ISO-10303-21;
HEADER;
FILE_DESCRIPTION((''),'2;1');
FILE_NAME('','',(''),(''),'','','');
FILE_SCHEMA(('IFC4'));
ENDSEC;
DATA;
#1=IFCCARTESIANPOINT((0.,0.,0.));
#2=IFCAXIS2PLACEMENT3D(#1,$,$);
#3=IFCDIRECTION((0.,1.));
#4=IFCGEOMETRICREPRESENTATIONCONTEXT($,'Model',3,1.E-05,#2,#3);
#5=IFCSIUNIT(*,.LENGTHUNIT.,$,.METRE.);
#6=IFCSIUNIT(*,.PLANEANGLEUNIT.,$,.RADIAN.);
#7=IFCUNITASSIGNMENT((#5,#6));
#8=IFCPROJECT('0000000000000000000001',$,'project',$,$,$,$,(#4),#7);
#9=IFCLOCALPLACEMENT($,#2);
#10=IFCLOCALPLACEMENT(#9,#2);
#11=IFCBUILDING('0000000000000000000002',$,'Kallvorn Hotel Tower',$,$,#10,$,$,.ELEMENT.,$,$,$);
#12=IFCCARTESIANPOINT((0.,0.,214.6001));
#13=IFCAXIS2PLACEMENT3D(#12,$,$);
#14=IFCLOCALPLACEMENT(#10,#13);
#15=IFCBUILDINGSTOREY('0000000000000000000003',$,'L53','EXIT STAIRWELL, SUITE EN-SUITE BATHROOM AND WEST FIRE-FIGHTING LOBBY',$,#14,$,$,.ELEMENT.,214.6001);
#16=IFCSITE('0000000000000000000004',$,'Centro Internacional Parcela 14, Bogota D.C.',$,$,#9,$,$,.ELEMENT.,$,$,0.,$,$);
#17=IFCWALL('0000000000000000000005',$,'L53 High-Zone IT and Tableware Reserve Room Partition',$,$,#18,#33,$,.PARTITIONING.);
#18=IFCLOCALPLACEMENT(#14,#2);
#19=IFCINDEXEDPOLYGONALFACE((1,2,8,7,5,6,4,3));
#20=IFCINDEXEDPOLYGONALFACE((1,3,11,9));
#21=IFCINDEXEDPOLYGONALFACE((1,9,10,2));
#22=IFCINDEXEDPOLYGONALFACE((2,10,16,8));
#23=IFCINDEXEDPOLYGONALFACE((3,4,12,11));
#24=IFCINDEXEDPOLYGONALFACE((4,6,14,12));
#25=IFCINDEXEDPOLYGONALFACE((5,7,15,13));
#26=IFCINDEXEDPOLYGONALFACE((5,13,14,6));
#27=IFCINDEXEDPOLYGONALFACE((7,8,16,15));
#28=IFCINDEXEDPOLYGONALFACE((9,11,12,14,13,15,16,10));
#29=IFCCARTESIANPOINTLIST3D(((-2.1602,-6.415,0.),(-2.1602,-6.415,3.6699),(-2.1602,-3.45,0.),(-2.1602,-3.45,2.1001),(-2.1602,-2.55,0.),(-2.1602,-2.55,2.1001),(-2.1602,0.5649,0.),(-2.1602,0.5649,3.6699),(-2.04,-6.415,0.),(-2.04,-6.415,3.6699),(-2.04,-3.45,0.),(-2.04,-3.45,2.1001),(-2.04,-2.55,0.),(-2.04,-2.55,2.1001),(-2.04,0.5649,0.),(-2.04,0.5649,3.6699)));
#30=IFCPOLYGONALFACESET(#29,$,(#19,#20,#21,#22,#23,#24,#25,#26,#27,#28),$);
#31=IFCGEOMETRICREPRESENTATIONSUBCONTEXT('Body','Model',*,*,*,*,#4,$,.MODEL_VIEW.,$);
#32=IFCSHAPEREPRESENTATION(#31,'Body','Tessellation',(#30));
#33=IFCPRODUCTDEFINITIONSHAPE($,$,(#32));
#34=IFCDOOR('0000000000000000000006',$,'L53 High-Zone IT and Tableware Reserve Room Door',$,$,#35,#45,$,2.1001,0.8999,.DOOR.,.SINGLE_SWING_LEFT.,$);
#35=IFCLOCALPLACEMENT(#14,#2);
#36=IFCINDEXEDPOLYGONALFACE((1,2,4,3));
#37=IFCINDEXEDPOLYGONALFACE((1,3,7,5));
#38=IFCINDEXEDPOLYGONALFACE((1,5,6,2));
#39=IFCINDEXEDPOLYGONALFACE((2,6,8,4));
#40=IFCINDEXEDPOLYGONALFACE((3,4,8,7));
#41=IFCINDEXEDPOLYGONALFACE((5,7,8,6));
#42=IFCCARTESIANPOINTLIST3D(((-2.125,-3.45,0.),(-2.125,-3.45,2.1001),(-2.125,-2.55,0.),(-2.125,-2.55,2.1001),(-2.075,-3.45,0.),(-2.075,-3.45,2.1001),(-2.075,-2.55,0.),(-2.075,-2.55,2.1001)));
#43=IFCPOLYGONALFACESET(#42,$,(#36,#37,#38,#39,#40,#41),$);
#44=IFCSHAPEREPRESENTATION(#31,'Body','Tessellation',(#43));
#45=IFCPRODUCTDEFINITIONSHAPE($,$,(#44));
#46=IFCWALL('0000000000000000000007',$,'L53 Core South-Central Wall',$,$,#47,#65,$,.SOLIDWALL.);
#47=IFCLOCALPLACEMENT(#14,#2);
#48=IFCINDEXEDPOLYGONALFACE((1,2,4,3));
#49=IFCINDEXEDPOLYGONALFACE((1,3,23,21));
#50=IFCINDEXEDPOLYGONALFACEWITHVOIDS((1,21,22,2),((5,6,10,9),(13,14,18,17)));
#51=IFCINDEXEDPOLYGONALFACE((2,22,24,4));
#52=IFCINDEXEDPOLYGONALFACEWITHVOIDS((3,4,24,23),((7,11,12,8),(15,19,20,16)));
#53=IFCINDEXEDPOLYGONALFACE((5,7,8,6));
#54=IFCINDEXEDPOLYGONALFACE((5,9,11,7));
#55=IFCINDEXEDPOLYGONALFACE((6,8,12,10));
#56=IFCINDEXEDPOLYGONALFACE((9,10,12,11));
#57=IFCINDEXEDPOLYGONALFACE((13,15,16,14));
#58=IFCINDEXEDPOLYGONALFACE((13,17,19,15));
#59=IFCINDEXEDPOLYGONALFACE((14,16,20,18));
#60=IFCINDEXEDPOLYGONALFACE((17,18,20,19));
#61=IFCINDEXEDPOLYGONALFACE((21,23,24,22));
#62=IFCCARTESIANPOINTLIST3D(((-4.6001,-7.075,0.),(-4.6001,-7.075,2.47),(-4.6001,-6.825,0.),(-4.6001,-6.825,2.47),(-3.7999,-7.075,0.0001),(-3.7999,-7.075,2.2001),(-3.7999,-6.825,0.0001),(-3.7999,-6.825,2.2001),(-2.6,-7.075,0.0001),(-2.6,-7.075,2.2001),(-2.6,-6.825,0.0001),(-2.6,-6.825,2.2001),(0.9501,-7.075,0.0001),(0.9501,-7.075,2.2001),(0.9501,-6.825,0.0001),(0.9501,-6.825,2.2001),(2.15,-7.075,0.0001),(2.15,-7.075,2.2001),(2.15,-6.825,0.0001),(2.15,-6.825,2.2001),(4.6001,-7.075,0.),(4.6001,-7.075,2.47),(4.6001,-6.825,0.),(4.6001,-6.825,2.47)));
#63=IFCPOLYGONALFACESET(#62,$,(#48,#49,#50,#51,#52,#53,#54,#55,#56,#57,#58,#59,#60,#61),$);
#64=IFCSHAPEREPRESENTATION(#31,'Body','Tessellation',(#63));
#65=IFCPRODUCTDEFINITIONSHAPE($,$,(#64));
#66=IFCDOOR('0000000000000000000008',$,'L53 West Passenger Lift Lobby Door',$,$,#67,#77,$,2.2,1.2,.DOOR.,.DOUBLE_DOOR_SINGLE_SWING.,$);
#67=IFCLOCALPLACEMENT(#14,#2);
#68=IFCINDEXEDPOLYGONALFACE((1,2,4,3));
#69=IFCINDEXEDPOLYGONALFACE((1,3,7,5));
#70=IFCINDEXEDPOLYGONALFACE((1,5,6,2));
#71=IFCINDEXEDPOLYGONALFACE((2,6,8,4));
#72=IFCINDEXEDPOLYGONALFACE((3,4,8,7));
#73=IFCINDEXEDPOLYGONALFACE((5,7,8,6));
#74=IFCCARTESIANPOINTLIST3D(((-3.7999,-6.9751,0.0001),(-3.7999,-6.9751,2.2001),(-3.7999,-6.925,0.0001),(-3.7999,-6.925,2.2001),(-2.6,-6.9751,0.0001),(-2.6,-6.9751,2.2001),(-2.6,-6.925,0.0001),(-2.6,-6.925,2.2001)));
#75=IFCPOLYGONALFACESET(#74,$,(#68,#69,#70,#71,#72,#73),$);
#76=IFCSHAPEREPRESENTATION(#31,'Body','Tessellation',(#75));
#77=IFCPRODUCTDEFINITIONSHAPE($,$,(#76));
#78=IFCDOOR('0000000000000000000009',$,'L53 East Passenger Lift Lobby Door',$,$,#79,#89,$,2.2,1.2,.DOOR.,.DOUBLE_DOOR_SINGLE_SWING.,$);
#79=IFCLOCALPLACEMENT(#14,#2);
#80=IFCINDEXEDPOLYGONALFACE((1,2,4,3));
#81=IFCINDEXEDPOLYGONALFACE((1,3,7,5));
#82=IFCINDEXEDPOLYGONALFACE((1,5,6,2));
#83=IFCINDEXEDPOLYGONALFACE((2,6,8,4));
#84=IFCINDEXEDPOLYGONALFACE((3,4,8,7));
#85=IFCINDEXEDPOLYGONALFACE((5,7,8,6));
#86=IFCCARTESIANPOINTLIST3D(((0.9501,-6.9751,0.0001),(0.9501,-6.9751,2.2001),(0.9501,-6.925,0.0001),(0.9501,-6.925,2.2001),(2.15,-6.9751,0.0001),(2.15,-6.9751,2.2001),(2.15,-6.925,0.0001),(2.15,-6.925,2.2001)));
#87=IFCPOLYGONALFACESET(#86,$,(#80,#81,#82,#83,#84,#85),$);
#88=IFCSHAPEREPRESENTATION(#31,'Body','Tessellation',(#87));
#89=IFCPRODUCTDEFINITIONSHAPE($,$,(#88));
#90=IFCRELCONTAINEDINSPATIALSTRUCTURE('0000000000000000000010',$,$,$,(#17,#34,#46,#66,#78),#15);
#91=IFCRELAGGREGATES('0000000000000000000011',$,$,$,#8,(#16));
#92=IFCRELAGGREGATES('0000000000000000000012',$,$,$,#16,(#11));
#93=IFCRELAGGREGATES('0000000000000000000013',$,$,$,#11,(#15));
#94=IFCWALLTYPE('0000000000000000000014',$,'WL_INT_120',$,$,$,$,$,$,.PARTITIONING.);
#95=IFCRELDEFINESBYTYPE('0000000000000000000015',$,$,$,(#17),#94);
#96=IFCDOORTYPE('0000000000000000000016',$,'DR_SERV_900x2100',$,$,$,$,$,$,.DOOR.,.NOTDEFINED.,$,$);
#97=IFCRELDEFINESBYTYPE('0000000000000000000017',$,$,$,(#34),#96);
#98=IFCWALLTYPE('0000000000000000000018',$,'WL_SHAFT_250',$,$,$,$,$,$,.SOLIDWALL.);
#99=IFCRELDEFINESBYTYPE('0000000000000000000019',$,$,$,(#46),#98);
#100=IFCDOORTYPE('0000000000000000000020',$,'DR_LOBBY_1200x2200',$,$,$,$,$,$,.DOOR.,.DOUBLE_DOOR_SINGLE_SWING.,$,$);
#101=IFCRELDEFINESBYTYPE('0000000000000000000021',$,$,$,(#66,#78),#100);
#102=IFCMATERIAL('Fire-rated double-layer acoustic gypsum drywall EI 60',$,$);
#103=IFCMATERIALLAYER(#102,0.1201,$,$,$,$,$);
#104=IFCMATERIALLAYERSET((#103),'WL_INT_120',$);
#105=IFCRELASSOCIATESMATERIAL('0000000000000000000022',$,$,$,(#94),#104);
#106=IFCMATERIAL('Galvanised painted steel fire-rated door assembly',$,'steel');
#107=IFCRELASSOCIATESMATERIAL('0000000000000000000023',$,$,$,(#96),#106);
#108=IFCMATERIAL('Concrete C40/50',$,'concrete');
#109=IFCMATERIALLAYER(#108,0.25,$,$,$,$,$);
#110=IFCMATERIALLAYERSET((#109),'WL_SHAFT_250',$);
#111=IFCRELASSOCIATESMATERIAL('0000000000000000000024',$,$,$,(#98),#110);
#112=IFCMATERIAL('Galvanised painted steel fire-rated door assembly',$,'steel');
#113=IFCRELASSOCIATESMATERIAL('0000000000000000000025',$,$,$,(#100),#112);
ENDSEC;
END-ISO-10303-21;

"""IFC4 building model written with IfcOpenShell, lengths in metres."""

from ifc_helpers import new_model, si_unit, direction, frame, frame_2d, origin, place, context, subcontext, project, spatial, rectangle, extrude, material, layer, layer_set, type_object, element, fill, save


model = new_model("IFC4")

# Units and contexts
model_context = context("Model", 3, precision=1e-05, world=origin(), true_north=direction((0.0, 1.0)))
body_context = subcontext(model_context, "Body", "Model", "MODEL_VIEW")
ifc_project = project(units=[si_unit("LENGTHUNIT", "METRE"), si_unit("PLANEANGLEUNIT", "RADIAN")], contexts=[model_context])

# Site, building, storey
site_placement = place(None, origin())
site = spatial("IfcSite", under=ifc_project, at=site_placement, Name="Centro Internacional Parcela 14, Bogota D.C.", CompositionType="ELEMENT", RefElevation=0.0)
building_placement = place(site_placement, origin())
building = spatial("IfcBuilding", under=site, at=building_placement, Name="Kallvorn Hotel Tower", CompositionType="ELEMENT")
storey_placement = place(building_placement, frame((0.0, 0.0, 214.6001)))
storey = spatial("IfcBuildingStorey", under=building, at=storey_placement, Name="L53", Description="EXIT STAIRWELL, SUITE EN-SUITE BATHROOM AND WEST FIRE-FIGHTING LOBBY", CompositionType="ELEMENT", Elevation=214.6001)

# Shared definitions
ifc_material_1 = material(Name="Fire-rated double-layer acoustic gypsum drywall EI 60")
ifc_layer_1 = layer(ifc_material_1, 0.1201)
ifc_layer_set_1 = layer_set([ifc_layer_1], Name="WL_INT_120")
wall_type_1 = type_object("IfcWallType", Name="WL_INT_120", PredefinedType="PARTITIONING", material=ifc_layer_set_1)

# Shared definitions
ifc_material_2 = material(Name="Galvanised painted steel fire-rated door assembly", Category="steel")
door_type_1 = type_object("IfcDoorType", Name="DR_SERV_900x2100", OperationType="NOTDEFINED", PredefinedType="DOOR", material=ifc_material_2)

# Wall, opening, door
wall_1_placement = place(storey_placement, frame((-2.1001, -6.415, 0.0), z_axis=(0.0, 0.0, 1.0), x_axis=(0.0, 1.0, 0.0)))
wall_1 = element("IfcWall", 1, at=wall_1_placement, inside=storey, type_object=wall_type_1, Name="L53 High-Zone IT and Tableware Reserve Room Partition", PredefinedType="PARTITIONING", context=body_context, shape_type="SweptSolid", body=[
    extrude(rectangle(XDim=6.98, YDim=0.1201, at=frame_2d((3.49, 0.0))), origin(), (0.0, 0.0, 1.0), 3.6699),
])
opening_1_placement = place(wall_1_placement, frame((2.9651, 0.0, 0.0)))
opening_1 = element("IfcOpeningElement", 2, at=opening_1_placement, cuts=wall_1, PredefinedType="OPENING", context=body_context, shape_type="SweptSolid", body=[
    extrude(rectangle(XDim=0.8999, YDim=2.1001, at=frame_2d((0.45, 1.05))), frame((0.0, 0.075, 0.0), z_axis=(0.0, -1.0, 0.0), x_axis=(1.0, 0.0, 0.0)), (0.0, 0.0, 1.0), 0.1501),
])
door_1_placement = place(opening_1_placement, origin())
door_1 = element("IfcDoor", 3, at=door_1_placement, inside=storey, type_object=door_type_1, Name="L53 High-Zone IT and Tableware Reserve Room Door", OperationType="SINGLE_SWING_LEFT", OverallHeight=2.1001, OverallWidth=0.8999, PredefinedType="DOOR", context=body_context, shape_type="SweptSolid", body=[
    extrude(rectangle(XDim=0.8999, YDim=2.1001, at=frame_2d((0.45, 1.05))), frame((0.0, 0.0249, 0.0), z_axis=(0.0, -1.0, 0.0), x_axis=(1.0, 0.0, 0.0)), (0.0, 0.0, 1.0), 0.05),
])
fill(opening_1, door_1)

# Wall, openings, doors
ifc_material_3 = material(Name="Concrete C40/50", Category="concrete")
ifc_layer_2 = layer(ifc_material_3, 0.25)
ifc_layer_set_2 = layer_set([ifc_layer_2], Name="WL_SHAFT_250")
wall_type_2 = type_object("IfcWallType", Name="WL_SHAFT_250", PredefinedType="SOLIDWALL", material=ifc_layer_set_2)
wall_2_placement = place(storey_placement, frame((-4.6001, -6.95, 0.0), z_axis=(0.0, 0.0, 1.0), x_axis=(1.0, 0.0, 0.0)))
wall_2 = element("IfcWall", 4, at=wall_2_placement, inside=storey, type_object=wall_type_2, Name="L53 Core South-Central Wall", PredefinedType="SOLIDWALL", context=body_context, shape_type="SweptSolid", body=[
    extrude(rectangle(XDim=9.2002, YDim=0.25, at=frame_2d((4.6001, 0.0))), origin(), (0.0, 0.0, 1.0), 2.47),
])
opening_2_placement = place(wall_2_placement, frame((0.8, 0.0, 0.0)))
opening_2 = element("IfcOpeningElement", 5, at=opening_2_placement, cuts=wall_2, PredefinedType="OPENING", context=body_context, shape_type="SweptSolid", body=[
    extrude(rectangle(XDim=1.2, YDim=2.2, at=frame_2d((0.6001, 1.1001))), frame((0.0, 0.1399, 0.0), z_axis=(0.0, -1.0, 0.0), x_axis=(1.0, 0.0, 0.0)), (0.0, 0.0, 1.0), 0.28),
])
opening_3_placement = place(wall_2_placement, frame((5.55, 0.0, 0.0)))
opening_3 = element("IfcOpeningElement", 6, at=opening_3_placement, cuts=wall_2, PredefinedType="OPENING", context=body_context, shape_type="SweptSolid", body=[
    extrude(rectangle(XDim=1.2, YDim=2.2, at=frame_2d((0.6001, 1.1001))), frame((0.0, 0.1399, 0.0), z_axis=(0.0, -1.0, 0.0), x_axis=(1.0, 0.0, 0.0)), (0.0, 0.0, 1.0), 0.28),
])
ifc_material_4 = material(Name="Galvanised painted steel fire-rated door assembly", Category="steel")
door_type_2 = type_object("IfcDoorType", Name="DR_LOBBY_1200x2200", OperationType="DOUBLE_DOOR_SINGLE_SWING", PredefinedType="DOOR", material=ifc_material_4)
door_2_placement = place(opening_2_placement, origin())
door_2 = element("IfcDoor", 7, at=door_2_placement, inside=storey, type_object=door_type_2, Name="L53 West Passenger Lift Lobby Door", OperationType="DOUBLE_DOOR_SINGLE_SWING", OverallHeight=2.2, OverallWidth=1.2, PredefinedType="DOOR", context=body_context, shape_type="SweptSolid", body=[
    extrude(rectangle(XDim=1.2, YDim=2.2, at=frame_2d((0.6001, 1.1001))), frame((0.0, 0.0249, 0.0), z_axis=(0.0, -1.0, 0.0), x_axis=(1.0, 0.0, 0.0)), (0.0, 0.0, 1.0), 0.05),
])
fill(opening_2, door_2)
door_3_placement = place(opening_3_placement, origin())
door_3 = element("IfcDoor", 8, at=door_3_placement, inside=storey, type_object=door_type_2, Name="L53 East Passenger Lift Lobby Door", OperationType="DOUBLE_DOOR_SINGLE_SWING", OverallHeight=2.2, OverallWidth=1.2, PredefinedType="DOOR", context=body_context, shape_type="SweptSolid", body=[
    extrude(rectangle(XDim=1.2, YDim=2.2, at=frame_2d((0.6001, 1.1001))), frame((0.0, 0.0249, 0.0), z_axis=(0.0, -1.0, 0.0), x_axis=(1.0, 0.0, 0.0)), (0.0, 0.0, 1.0), 0.05),
])
fill(opening_3, door_3)

save(model, "model.ifc")
